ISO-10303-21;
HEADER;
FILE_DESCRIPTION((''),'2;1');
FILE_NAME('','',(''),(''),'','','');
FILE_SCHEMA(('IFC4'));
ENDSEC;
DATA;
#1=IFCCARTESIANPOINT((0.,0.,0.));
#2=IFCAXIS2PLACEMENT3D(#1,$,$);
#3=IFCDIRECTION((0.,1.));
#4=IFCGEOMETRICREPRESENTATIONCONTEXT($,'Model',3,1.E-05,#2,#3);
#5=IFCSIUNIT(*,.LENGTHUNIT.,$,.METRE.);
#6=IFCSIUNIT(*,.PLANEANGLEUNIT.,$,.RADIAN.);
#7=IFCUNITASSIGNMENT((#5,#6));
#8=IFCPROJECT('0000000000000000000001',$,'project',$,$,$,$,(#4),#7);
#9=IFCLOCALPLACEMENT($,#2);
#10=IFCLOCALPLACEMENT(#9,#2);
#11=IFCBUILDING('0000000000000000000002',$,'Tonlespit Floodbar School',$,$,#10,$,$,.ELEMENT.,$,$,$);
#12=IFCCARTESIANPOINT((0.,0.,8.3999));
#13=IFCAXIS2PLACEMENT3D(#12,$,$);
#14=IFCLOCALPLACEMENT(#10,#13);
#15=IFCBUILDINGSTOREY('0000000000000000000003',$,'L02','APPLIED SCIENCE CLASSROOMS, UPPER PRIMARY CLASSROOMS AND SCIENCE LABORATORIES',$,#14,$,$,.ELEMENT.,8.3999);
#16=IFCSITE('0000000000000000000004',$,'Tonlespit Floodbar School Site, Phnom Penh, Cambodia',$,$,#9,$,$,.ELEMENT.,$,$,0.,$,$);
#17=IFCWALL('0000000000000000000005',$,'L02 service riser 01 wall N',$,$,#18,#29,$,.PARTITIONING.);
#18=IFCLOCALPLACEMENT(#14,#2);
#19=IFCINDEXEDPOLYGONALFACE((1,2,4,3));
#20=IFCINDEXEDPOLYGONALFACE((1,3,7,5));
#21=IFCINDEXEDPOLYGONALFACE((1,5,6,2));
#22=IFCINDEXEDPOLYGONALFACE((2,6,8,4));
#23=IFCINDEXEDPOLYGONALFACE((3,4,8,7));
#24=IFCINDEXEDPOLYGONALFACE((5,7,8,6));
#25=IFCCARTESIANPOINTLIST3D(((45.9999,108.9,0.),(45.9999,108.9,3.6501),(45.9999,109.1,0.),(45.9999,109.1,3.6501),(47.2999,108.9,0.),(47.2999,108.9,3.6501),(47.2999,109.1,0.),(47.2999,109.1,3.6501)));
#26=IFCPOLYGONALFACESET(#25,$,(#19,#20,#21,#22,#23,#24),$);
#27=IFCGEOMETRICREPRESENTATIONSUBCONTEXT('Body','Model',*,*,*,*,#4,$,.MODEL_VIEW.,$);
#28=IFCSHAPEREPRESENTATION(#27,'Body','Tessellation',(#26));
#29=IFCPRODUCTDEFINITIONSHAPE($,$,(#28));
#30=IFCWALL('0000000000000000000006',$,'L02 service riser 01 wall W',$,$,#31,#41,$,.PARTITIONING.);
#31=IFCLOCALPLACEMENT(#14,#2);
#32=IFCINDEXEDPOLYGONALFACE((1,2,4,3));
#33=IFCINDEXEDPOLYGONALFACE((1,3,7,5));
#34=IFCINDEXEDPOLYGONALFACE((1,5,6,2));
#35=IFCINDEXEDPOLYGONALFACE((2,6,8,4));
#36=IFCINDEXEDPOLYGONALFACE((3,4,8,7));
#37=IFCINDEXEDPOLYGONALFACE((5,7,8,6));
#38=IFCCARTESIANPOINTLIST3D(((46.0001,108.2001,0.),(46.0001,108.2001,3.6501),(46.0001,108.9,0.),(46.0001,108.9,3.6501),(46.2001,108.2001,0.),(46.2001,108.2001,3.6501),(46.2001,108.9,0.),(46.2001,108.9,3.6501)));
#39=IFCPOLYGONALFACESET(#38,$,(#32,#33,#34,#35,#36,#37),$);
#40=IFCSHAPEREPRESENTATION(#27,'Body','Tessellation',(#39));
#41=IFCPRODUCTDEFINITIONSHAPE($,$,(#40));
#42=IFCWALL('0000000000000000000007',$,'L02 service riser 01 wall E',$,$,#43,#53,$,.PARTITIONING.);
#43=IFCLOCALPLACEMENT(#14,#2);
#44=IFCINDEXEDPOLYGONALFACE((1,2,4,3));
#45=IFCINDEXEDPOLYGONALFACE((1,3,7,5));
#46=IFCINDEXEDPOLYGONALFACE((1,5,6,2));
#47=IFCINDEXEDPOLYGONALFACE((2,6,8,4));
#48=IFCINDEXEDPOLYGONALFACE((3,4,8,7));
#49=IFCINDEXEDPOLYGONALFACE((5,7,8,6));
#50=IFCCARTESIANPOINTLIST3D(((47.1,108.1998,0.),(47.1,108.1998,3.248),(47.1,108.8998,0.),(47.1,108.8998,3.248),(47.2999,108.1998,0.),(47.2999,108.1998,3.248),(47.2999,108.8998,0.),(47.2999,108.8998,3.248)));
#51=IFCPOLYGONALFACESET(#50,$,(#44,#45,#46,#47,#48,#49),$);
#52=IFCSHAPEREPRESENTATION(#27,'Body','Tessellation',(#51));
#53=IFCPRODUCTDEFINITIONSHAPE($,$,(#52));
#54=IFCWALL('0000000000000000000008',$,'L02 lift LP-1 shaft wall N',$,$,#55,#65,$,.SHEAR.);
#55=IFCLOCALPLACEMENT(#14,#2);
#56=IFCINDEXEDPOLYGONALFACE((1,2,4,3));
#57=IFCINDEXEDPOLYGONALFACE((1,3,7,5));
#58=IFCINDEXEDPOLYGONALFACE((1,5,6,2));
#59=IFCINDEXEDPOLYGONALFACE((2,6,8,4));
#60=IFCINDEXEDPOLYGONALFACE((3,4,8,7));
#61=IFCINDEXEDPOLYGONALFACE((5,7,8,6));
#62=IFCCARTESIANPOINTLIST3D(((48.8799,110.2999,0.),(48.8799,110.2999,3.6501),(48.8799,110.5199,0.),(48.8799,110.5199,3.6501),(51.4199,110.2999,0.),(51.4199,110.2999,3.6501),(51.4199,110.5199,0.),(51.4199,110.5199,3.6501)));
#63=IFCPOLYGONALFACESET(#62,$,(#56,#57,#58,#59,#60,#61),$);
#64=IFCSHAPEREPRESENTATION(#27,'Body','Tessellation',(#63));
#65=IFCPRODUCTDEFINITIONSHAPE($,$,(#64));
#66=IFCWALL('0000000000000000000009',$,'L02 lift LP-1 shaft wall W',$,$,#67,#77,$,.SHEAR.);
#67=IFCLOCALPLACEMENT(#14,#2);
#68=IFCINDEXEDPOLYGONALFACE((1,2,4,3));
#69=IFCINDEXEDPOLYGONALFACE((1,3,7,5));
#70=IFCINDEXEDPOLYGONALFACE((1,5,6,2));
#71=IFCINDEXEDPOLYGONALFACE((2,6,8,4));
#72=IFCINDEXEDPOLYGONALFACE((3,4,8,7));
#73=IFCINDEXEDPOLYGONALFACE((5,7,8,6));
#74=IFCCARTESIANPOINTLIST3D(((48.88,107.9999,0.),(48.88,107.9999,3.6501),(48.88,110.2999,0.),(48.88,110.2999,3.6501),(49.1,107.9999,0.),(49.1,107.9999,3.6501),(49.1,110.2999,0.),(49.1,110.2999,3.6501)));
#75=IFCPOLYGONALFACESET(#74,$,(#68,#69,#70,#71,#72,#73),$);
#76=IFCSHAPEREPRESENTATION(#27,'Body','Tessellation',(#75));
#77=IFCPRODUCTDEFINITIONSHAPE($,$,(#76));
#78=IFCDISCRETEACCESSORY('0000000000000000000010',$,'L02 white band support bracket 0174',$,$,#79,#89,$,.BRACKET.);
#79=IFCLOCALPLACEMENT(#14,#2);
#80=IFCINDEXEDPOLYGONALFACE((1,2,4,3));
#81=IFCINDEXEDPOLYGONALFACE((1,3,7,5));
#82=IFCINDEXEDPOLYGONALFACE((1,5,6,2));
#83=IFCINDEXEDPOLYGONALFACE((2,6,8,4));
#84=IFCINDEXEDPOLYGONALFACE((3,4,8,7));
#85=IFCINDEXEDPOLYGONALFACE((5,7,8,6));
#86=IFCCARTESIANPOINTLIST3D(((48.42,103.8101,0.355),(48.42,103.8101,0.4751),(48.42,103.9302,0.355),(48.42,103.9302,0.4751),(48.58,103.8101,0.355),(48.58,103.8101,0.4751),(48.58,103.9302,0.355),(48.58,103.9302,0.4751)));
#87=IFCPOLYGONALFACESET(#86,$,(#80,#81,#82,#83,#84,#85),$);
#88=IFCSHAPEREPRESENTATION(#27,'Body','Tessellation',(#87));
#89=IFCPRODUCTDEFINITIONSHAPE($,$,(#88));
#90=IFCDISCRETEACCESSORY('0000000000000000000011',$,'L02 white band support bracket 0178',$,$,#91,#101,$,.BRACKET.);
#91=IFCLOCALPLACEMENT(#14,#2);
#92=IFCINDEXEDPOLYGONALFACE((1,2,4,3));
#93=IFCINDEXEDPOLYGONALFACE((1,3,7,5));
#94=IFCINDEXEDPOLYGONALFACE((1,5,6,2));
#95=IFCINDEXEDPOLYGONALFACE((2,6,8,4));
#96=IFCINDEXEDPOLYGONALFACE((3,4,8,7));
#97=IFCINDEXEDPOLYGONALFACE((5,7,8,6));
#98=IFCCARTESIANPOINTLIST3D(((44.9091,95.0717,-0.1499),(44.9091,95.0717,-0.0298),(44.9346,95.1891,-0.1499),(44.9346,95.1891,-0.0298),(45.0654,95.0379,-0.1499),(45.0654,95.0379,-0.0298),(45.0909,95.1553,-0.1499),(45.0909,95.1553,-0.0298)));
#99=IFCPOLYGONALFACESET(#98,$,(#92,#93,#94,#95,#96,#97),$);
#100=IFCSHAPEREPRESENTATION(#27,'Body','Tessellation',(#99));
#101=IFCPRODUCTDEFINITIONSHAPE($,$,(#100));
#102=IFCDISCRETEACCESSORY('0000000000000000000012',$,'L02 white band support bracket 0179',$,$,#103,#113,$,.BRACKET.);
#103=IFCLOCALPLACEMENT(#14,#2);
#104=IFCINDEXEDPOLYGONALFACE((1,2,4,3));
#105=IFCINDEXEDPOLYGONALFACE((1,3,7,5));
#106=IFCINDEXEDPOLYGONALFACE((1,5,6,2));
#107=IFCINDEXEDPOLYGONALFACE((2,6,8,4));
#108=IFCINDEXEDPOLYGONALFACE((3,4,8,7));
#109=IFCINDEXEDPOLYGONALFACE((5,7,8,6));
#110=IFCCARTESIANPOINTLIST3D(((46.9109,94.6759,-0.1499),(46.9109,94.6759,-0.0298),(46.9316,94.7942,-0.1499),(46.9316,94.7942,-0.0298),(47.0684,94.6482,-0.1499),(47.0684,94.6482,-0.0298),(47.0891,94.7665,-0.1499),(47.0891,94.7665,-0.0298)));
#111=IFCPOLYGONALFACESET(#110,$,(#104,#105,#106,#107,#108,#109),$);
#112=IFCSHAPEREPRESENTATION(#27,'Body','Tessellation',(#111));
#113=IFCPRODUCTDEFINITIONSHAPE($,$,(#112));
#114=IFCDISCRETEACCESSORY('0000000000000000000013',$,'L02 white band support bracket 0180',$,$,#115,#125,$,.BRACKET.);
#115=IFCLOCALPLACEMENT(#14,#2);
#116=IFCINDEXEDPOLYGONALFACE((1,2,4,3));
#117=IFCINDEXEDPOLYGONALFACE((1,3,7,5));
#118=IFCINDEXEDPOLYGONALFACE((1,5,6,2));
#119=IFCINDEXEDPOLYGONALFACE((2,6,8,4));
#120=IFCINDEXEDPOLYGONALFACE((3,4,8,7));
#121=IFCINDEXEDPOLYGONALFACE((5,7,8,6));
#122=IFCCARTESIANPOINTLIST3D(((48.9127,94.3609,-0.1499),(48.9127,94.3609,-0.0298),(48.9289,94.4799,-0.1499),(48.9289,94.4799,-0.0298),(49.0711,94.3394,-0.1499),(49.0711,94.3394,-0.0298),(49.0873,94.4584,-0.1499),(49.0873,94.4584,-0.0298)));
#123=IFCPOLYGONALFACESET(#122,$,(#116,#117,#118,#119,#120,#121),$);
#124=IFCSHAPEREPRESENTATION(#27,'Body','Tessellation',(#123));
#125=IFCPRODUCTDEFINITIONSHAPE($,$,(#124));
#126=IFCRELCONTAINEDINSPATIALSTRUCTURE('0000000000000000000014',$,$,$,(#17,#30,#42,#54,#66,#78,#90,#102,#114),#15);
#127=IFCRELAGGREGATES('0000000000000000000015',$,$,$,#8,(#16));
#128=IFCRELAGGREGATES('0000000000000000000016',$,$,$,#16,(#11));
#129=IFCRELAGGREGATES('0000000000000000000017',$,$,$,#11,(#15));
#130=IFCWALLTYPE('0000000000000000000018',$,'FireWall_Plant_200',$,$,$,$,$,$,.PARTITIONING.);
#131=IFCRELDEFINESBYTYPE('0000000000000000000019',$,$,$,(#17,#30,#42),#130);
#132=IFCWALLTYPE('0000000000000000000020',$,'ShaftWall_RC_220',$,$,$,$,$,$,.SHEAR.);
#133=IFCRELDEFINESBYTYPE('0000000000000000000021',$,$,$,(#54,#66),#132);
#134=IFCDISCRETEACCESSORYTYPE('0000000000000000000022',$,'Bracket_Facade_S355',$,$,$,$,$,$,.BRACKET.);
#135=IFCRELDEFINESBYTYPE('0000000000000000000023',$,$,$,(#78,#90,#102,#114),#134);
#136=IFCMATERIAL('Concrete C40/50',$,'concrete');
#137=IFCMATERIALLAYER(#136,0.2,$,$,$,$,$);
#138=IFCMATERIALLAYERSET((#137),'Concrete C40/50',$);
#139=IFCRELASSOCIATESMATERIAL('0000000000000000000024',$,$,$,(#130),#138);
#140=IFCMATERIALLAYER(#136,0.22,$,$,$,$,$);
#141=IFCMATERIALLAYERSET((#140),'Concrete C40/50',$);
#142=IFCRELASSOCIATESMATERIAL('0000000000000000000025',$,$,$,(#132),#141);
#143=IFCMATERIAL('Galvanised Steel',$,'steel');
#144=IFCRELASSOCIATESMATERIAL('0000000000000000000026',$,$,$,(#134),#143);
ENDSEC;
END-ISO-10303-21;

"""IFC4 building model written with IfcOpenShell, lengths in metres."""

from ifc_helpers import new_model, si_unit, direction, frame, frame_2d, origin, origin_2d, place, context, subcontext, project, spatial, rectangle, extrude, material, layer, layer_set, type_object, element, save


model = new_model("IFC4")

# Units and contexts
model_context = context("Model", 3, precision=1e-05, world=origin(), true_north=direction((0.0, 1.0)))
body_context = subcontext(model_context, "Body", "Model", "MODEL_VIEW")
ifc_project = project(units=[si_unit("LENGTHUNIT", "METRE"), si_unit("PLANEANGLEUNIT", "RADIAN")], contexts=[model_context])

# Site, building, storey
site_placement = place(None, origin())
site = spatial("IfcSite", under=ifc_project, at=site_placement, Name="Tonlespit Floodbar School Site, Phnom Penh, Cambodia", CompositionType="ELEMENT", RefElevation=0.0)
building_placement = place(site_placement, origin())
building = spatial("IfcBuilding", under=site, at=building_placement, Name="Tonlespit Floodbar School", CompositionType="ELEMENT")
storey_placement = place(building_placement, frame((0.0, 0.0, 8.3999)))
storey = spatial("IfcBuildingStorey", under=building, at=storey_placement, Name="L02", Description="APPLIED SCIENCE CLASSROOMS, UPPER PRIMARY CLASSROOMS AND SCIENCE LABORATORIES", CompositionType="ELEMENT", Elevation=8.3999)

# Walls
ifc_material_1 = material(Name="Concrete C40/50", Category="concrete")
ifc_layer_1 = layer(ifc_material_1, 0.2)
ifc_layer_set_1 = layer_set([ifc_layer_1], Name="Concrete C40/50")
wall_type_1 = type_object("IfcWallType", Name="FireWall_Plant_200", PredefinedType="PARTITIONING", material=ifc_layer_set_1)
for number, where, z_axis, x_axis, name in (
    (1, (46.0, 109.0, 0.0), (0.0, 0.0, 1.0), (1.0, 0.0, 0.0), "L02 service riser 01 wall N"),
):
    element("IfcWall", number, at=place(storey_placement, frame(where, z_axis=z_axis, x_axis=x_axis)), inside=storey, type_object=wall_type_1, Name=name, PredefinedType="PARTITIONING", context=body_context, shape_type="SweptSolid", body=[
        extrude(rectangle(XDim=1.3, YDim=0.2, at=frame_2d((0.6499, 0.0))), origin(), (0.0, 0.0, 1.0), 3.6501),
    ])
wall_1_placement = place(storey_placement, frame((46.1001, 108.2, 0.0), z_axis=(0.0, 0.0, 1.0), x_axis=(0.0, 1.0, 0.0)))
element("IfcWall", 2, at=wall_1_placement, inside=storey, type_object=wall_type_1, Name="L02 service riser 01 wall W", PredefinedType="PARTITIONING", context=body_context, shape_type="SweptSolid", body=[
    extrude(rectangle(XDim=0.7, YDim=0.2, at=frame_2d((0.3501, 0.0))), origin(), (0.0, 0.0, 1.0), 3.6501),
])
wall_2_placement = place(storey_placement, frame((47.2, 108.8999, 0.0), z_axis=(0.0, 0.0, 1.0), x_axis=(0.0, -1.0, 0.0)))
element("IfcWall", 3, at=wall_2_placement, inside=storey, type_object=wall_type_1, Name="L02 service riser 01 wall E", PredefinedType="PARTITIONING", context=body_context, shape_type="SweptSolid", body=[
    extrude(rectangle(XDim=0.7, YDim=0.2, at=frame_2d((0.3501, 0.0))), origin(), (0.0, 0.0, 1.0), 3.248),
])
ifc_layer_2 = layer(ifc_material_1, 0.22)
ifc_layer_set_2 = layer_set([ifc_layer_2], Name="Concrete C40/50")
wall_type_2 = type_object("IfcWallType", Name="ShaftWall_RC_220", PredefinedType="SHEAR", material=ifc_layer_set_2)
wall_3_placement = place(storey_placement, frame((48.8799, 110.4099, 0.0), z_axis=(0.0, 0.0, 1.0), x_axis=(1.0, 0.0, 0.0)))
element("IfcWall", 4, at=wall_3_placement, inside=storey, type_object=wall_type_2, Name="L02 lift LP-1 shaft wall N", PredefinedType="SHEAR", context=body_context, shape_type="SweptSolid", body=[
    extrude(rectangle(XDim=2.54, YDim=0.22, at=frame_2d((1.27, 0.0))), origin(), (0.0, 0.0, 1.0), 3.6501),
])
wall_4_placement = place(storey_placement, frame((48.99, 108.0, 0.0), z_axis=(0.0, 0.0, 1.0), x_axis=(0.0, 1.0, 0.0)))
element("IfcWall", 5, at=wall_4_placement, inside=storey, type_object=wall_type_2, Name="L02 lift LP-1 shaft wall W", PredefinedType="SHEAR", context=body_context, shape_type="SweptSolid", body=[
    extrude(rectangle(XDim=2.3, YDim=0.22, at=frame_2d((1.1499, 0.0))), origin(), (0.0, 0.0, 1.0), 3.6501),
])

# Discrete accessories
ifc_material_2 = material(Name="Galvanised Steel", Category="steel")
discrete_accessory_type = type_object("IfcDiscreteAccessoryType", Name="Bracket_Facade_S355", PredefinedType="BRACKET", material=ifc_material_2)
for number, where, z_axis, x_axis, name in (
    (6, (48.5, 103.8701, 0.355), (0.0, 0.0, 1.0), (-1.0, 0.0, 0.0), "L02 white band support bracket 0174"),
    (7, (45.0, 95.1135, -0.1499), (0.0, 0.0, 1.0), (0.977357, -0.211598, 0.0), "L02 white band support bracket 0178"),
    (8, (47.0, 94.7212, -0.1499), (0.0, 0.0, 1.0), (0.984905, -0.173096, 0.0), "L02 white band support bracket 0179"),
    (9, (49.0, 94.4097, -0.1499), (0.0, 0.0, 1.0), (0.990898, -0.134614, 0.0), "L02 white band support bracket 0180"),
):
    element("IfcDiscreteAccessory", number, at=place(storey_placement, frame(where, z_axis=z_axis, x_axis=x_axis)), inside=storey, type_object=discrete_accessory_type, Name=name, PredefinedType="BRACKET", context=body_context, shape_type="SweptSolid", body=[
        extrude(rectangle(XDim=0.1599, YDim=0.1201, at=origin_2d()), origin(), (0.0, 0.0, 1.0), 0.1201),
    ])

save(model, "model.ifc")
